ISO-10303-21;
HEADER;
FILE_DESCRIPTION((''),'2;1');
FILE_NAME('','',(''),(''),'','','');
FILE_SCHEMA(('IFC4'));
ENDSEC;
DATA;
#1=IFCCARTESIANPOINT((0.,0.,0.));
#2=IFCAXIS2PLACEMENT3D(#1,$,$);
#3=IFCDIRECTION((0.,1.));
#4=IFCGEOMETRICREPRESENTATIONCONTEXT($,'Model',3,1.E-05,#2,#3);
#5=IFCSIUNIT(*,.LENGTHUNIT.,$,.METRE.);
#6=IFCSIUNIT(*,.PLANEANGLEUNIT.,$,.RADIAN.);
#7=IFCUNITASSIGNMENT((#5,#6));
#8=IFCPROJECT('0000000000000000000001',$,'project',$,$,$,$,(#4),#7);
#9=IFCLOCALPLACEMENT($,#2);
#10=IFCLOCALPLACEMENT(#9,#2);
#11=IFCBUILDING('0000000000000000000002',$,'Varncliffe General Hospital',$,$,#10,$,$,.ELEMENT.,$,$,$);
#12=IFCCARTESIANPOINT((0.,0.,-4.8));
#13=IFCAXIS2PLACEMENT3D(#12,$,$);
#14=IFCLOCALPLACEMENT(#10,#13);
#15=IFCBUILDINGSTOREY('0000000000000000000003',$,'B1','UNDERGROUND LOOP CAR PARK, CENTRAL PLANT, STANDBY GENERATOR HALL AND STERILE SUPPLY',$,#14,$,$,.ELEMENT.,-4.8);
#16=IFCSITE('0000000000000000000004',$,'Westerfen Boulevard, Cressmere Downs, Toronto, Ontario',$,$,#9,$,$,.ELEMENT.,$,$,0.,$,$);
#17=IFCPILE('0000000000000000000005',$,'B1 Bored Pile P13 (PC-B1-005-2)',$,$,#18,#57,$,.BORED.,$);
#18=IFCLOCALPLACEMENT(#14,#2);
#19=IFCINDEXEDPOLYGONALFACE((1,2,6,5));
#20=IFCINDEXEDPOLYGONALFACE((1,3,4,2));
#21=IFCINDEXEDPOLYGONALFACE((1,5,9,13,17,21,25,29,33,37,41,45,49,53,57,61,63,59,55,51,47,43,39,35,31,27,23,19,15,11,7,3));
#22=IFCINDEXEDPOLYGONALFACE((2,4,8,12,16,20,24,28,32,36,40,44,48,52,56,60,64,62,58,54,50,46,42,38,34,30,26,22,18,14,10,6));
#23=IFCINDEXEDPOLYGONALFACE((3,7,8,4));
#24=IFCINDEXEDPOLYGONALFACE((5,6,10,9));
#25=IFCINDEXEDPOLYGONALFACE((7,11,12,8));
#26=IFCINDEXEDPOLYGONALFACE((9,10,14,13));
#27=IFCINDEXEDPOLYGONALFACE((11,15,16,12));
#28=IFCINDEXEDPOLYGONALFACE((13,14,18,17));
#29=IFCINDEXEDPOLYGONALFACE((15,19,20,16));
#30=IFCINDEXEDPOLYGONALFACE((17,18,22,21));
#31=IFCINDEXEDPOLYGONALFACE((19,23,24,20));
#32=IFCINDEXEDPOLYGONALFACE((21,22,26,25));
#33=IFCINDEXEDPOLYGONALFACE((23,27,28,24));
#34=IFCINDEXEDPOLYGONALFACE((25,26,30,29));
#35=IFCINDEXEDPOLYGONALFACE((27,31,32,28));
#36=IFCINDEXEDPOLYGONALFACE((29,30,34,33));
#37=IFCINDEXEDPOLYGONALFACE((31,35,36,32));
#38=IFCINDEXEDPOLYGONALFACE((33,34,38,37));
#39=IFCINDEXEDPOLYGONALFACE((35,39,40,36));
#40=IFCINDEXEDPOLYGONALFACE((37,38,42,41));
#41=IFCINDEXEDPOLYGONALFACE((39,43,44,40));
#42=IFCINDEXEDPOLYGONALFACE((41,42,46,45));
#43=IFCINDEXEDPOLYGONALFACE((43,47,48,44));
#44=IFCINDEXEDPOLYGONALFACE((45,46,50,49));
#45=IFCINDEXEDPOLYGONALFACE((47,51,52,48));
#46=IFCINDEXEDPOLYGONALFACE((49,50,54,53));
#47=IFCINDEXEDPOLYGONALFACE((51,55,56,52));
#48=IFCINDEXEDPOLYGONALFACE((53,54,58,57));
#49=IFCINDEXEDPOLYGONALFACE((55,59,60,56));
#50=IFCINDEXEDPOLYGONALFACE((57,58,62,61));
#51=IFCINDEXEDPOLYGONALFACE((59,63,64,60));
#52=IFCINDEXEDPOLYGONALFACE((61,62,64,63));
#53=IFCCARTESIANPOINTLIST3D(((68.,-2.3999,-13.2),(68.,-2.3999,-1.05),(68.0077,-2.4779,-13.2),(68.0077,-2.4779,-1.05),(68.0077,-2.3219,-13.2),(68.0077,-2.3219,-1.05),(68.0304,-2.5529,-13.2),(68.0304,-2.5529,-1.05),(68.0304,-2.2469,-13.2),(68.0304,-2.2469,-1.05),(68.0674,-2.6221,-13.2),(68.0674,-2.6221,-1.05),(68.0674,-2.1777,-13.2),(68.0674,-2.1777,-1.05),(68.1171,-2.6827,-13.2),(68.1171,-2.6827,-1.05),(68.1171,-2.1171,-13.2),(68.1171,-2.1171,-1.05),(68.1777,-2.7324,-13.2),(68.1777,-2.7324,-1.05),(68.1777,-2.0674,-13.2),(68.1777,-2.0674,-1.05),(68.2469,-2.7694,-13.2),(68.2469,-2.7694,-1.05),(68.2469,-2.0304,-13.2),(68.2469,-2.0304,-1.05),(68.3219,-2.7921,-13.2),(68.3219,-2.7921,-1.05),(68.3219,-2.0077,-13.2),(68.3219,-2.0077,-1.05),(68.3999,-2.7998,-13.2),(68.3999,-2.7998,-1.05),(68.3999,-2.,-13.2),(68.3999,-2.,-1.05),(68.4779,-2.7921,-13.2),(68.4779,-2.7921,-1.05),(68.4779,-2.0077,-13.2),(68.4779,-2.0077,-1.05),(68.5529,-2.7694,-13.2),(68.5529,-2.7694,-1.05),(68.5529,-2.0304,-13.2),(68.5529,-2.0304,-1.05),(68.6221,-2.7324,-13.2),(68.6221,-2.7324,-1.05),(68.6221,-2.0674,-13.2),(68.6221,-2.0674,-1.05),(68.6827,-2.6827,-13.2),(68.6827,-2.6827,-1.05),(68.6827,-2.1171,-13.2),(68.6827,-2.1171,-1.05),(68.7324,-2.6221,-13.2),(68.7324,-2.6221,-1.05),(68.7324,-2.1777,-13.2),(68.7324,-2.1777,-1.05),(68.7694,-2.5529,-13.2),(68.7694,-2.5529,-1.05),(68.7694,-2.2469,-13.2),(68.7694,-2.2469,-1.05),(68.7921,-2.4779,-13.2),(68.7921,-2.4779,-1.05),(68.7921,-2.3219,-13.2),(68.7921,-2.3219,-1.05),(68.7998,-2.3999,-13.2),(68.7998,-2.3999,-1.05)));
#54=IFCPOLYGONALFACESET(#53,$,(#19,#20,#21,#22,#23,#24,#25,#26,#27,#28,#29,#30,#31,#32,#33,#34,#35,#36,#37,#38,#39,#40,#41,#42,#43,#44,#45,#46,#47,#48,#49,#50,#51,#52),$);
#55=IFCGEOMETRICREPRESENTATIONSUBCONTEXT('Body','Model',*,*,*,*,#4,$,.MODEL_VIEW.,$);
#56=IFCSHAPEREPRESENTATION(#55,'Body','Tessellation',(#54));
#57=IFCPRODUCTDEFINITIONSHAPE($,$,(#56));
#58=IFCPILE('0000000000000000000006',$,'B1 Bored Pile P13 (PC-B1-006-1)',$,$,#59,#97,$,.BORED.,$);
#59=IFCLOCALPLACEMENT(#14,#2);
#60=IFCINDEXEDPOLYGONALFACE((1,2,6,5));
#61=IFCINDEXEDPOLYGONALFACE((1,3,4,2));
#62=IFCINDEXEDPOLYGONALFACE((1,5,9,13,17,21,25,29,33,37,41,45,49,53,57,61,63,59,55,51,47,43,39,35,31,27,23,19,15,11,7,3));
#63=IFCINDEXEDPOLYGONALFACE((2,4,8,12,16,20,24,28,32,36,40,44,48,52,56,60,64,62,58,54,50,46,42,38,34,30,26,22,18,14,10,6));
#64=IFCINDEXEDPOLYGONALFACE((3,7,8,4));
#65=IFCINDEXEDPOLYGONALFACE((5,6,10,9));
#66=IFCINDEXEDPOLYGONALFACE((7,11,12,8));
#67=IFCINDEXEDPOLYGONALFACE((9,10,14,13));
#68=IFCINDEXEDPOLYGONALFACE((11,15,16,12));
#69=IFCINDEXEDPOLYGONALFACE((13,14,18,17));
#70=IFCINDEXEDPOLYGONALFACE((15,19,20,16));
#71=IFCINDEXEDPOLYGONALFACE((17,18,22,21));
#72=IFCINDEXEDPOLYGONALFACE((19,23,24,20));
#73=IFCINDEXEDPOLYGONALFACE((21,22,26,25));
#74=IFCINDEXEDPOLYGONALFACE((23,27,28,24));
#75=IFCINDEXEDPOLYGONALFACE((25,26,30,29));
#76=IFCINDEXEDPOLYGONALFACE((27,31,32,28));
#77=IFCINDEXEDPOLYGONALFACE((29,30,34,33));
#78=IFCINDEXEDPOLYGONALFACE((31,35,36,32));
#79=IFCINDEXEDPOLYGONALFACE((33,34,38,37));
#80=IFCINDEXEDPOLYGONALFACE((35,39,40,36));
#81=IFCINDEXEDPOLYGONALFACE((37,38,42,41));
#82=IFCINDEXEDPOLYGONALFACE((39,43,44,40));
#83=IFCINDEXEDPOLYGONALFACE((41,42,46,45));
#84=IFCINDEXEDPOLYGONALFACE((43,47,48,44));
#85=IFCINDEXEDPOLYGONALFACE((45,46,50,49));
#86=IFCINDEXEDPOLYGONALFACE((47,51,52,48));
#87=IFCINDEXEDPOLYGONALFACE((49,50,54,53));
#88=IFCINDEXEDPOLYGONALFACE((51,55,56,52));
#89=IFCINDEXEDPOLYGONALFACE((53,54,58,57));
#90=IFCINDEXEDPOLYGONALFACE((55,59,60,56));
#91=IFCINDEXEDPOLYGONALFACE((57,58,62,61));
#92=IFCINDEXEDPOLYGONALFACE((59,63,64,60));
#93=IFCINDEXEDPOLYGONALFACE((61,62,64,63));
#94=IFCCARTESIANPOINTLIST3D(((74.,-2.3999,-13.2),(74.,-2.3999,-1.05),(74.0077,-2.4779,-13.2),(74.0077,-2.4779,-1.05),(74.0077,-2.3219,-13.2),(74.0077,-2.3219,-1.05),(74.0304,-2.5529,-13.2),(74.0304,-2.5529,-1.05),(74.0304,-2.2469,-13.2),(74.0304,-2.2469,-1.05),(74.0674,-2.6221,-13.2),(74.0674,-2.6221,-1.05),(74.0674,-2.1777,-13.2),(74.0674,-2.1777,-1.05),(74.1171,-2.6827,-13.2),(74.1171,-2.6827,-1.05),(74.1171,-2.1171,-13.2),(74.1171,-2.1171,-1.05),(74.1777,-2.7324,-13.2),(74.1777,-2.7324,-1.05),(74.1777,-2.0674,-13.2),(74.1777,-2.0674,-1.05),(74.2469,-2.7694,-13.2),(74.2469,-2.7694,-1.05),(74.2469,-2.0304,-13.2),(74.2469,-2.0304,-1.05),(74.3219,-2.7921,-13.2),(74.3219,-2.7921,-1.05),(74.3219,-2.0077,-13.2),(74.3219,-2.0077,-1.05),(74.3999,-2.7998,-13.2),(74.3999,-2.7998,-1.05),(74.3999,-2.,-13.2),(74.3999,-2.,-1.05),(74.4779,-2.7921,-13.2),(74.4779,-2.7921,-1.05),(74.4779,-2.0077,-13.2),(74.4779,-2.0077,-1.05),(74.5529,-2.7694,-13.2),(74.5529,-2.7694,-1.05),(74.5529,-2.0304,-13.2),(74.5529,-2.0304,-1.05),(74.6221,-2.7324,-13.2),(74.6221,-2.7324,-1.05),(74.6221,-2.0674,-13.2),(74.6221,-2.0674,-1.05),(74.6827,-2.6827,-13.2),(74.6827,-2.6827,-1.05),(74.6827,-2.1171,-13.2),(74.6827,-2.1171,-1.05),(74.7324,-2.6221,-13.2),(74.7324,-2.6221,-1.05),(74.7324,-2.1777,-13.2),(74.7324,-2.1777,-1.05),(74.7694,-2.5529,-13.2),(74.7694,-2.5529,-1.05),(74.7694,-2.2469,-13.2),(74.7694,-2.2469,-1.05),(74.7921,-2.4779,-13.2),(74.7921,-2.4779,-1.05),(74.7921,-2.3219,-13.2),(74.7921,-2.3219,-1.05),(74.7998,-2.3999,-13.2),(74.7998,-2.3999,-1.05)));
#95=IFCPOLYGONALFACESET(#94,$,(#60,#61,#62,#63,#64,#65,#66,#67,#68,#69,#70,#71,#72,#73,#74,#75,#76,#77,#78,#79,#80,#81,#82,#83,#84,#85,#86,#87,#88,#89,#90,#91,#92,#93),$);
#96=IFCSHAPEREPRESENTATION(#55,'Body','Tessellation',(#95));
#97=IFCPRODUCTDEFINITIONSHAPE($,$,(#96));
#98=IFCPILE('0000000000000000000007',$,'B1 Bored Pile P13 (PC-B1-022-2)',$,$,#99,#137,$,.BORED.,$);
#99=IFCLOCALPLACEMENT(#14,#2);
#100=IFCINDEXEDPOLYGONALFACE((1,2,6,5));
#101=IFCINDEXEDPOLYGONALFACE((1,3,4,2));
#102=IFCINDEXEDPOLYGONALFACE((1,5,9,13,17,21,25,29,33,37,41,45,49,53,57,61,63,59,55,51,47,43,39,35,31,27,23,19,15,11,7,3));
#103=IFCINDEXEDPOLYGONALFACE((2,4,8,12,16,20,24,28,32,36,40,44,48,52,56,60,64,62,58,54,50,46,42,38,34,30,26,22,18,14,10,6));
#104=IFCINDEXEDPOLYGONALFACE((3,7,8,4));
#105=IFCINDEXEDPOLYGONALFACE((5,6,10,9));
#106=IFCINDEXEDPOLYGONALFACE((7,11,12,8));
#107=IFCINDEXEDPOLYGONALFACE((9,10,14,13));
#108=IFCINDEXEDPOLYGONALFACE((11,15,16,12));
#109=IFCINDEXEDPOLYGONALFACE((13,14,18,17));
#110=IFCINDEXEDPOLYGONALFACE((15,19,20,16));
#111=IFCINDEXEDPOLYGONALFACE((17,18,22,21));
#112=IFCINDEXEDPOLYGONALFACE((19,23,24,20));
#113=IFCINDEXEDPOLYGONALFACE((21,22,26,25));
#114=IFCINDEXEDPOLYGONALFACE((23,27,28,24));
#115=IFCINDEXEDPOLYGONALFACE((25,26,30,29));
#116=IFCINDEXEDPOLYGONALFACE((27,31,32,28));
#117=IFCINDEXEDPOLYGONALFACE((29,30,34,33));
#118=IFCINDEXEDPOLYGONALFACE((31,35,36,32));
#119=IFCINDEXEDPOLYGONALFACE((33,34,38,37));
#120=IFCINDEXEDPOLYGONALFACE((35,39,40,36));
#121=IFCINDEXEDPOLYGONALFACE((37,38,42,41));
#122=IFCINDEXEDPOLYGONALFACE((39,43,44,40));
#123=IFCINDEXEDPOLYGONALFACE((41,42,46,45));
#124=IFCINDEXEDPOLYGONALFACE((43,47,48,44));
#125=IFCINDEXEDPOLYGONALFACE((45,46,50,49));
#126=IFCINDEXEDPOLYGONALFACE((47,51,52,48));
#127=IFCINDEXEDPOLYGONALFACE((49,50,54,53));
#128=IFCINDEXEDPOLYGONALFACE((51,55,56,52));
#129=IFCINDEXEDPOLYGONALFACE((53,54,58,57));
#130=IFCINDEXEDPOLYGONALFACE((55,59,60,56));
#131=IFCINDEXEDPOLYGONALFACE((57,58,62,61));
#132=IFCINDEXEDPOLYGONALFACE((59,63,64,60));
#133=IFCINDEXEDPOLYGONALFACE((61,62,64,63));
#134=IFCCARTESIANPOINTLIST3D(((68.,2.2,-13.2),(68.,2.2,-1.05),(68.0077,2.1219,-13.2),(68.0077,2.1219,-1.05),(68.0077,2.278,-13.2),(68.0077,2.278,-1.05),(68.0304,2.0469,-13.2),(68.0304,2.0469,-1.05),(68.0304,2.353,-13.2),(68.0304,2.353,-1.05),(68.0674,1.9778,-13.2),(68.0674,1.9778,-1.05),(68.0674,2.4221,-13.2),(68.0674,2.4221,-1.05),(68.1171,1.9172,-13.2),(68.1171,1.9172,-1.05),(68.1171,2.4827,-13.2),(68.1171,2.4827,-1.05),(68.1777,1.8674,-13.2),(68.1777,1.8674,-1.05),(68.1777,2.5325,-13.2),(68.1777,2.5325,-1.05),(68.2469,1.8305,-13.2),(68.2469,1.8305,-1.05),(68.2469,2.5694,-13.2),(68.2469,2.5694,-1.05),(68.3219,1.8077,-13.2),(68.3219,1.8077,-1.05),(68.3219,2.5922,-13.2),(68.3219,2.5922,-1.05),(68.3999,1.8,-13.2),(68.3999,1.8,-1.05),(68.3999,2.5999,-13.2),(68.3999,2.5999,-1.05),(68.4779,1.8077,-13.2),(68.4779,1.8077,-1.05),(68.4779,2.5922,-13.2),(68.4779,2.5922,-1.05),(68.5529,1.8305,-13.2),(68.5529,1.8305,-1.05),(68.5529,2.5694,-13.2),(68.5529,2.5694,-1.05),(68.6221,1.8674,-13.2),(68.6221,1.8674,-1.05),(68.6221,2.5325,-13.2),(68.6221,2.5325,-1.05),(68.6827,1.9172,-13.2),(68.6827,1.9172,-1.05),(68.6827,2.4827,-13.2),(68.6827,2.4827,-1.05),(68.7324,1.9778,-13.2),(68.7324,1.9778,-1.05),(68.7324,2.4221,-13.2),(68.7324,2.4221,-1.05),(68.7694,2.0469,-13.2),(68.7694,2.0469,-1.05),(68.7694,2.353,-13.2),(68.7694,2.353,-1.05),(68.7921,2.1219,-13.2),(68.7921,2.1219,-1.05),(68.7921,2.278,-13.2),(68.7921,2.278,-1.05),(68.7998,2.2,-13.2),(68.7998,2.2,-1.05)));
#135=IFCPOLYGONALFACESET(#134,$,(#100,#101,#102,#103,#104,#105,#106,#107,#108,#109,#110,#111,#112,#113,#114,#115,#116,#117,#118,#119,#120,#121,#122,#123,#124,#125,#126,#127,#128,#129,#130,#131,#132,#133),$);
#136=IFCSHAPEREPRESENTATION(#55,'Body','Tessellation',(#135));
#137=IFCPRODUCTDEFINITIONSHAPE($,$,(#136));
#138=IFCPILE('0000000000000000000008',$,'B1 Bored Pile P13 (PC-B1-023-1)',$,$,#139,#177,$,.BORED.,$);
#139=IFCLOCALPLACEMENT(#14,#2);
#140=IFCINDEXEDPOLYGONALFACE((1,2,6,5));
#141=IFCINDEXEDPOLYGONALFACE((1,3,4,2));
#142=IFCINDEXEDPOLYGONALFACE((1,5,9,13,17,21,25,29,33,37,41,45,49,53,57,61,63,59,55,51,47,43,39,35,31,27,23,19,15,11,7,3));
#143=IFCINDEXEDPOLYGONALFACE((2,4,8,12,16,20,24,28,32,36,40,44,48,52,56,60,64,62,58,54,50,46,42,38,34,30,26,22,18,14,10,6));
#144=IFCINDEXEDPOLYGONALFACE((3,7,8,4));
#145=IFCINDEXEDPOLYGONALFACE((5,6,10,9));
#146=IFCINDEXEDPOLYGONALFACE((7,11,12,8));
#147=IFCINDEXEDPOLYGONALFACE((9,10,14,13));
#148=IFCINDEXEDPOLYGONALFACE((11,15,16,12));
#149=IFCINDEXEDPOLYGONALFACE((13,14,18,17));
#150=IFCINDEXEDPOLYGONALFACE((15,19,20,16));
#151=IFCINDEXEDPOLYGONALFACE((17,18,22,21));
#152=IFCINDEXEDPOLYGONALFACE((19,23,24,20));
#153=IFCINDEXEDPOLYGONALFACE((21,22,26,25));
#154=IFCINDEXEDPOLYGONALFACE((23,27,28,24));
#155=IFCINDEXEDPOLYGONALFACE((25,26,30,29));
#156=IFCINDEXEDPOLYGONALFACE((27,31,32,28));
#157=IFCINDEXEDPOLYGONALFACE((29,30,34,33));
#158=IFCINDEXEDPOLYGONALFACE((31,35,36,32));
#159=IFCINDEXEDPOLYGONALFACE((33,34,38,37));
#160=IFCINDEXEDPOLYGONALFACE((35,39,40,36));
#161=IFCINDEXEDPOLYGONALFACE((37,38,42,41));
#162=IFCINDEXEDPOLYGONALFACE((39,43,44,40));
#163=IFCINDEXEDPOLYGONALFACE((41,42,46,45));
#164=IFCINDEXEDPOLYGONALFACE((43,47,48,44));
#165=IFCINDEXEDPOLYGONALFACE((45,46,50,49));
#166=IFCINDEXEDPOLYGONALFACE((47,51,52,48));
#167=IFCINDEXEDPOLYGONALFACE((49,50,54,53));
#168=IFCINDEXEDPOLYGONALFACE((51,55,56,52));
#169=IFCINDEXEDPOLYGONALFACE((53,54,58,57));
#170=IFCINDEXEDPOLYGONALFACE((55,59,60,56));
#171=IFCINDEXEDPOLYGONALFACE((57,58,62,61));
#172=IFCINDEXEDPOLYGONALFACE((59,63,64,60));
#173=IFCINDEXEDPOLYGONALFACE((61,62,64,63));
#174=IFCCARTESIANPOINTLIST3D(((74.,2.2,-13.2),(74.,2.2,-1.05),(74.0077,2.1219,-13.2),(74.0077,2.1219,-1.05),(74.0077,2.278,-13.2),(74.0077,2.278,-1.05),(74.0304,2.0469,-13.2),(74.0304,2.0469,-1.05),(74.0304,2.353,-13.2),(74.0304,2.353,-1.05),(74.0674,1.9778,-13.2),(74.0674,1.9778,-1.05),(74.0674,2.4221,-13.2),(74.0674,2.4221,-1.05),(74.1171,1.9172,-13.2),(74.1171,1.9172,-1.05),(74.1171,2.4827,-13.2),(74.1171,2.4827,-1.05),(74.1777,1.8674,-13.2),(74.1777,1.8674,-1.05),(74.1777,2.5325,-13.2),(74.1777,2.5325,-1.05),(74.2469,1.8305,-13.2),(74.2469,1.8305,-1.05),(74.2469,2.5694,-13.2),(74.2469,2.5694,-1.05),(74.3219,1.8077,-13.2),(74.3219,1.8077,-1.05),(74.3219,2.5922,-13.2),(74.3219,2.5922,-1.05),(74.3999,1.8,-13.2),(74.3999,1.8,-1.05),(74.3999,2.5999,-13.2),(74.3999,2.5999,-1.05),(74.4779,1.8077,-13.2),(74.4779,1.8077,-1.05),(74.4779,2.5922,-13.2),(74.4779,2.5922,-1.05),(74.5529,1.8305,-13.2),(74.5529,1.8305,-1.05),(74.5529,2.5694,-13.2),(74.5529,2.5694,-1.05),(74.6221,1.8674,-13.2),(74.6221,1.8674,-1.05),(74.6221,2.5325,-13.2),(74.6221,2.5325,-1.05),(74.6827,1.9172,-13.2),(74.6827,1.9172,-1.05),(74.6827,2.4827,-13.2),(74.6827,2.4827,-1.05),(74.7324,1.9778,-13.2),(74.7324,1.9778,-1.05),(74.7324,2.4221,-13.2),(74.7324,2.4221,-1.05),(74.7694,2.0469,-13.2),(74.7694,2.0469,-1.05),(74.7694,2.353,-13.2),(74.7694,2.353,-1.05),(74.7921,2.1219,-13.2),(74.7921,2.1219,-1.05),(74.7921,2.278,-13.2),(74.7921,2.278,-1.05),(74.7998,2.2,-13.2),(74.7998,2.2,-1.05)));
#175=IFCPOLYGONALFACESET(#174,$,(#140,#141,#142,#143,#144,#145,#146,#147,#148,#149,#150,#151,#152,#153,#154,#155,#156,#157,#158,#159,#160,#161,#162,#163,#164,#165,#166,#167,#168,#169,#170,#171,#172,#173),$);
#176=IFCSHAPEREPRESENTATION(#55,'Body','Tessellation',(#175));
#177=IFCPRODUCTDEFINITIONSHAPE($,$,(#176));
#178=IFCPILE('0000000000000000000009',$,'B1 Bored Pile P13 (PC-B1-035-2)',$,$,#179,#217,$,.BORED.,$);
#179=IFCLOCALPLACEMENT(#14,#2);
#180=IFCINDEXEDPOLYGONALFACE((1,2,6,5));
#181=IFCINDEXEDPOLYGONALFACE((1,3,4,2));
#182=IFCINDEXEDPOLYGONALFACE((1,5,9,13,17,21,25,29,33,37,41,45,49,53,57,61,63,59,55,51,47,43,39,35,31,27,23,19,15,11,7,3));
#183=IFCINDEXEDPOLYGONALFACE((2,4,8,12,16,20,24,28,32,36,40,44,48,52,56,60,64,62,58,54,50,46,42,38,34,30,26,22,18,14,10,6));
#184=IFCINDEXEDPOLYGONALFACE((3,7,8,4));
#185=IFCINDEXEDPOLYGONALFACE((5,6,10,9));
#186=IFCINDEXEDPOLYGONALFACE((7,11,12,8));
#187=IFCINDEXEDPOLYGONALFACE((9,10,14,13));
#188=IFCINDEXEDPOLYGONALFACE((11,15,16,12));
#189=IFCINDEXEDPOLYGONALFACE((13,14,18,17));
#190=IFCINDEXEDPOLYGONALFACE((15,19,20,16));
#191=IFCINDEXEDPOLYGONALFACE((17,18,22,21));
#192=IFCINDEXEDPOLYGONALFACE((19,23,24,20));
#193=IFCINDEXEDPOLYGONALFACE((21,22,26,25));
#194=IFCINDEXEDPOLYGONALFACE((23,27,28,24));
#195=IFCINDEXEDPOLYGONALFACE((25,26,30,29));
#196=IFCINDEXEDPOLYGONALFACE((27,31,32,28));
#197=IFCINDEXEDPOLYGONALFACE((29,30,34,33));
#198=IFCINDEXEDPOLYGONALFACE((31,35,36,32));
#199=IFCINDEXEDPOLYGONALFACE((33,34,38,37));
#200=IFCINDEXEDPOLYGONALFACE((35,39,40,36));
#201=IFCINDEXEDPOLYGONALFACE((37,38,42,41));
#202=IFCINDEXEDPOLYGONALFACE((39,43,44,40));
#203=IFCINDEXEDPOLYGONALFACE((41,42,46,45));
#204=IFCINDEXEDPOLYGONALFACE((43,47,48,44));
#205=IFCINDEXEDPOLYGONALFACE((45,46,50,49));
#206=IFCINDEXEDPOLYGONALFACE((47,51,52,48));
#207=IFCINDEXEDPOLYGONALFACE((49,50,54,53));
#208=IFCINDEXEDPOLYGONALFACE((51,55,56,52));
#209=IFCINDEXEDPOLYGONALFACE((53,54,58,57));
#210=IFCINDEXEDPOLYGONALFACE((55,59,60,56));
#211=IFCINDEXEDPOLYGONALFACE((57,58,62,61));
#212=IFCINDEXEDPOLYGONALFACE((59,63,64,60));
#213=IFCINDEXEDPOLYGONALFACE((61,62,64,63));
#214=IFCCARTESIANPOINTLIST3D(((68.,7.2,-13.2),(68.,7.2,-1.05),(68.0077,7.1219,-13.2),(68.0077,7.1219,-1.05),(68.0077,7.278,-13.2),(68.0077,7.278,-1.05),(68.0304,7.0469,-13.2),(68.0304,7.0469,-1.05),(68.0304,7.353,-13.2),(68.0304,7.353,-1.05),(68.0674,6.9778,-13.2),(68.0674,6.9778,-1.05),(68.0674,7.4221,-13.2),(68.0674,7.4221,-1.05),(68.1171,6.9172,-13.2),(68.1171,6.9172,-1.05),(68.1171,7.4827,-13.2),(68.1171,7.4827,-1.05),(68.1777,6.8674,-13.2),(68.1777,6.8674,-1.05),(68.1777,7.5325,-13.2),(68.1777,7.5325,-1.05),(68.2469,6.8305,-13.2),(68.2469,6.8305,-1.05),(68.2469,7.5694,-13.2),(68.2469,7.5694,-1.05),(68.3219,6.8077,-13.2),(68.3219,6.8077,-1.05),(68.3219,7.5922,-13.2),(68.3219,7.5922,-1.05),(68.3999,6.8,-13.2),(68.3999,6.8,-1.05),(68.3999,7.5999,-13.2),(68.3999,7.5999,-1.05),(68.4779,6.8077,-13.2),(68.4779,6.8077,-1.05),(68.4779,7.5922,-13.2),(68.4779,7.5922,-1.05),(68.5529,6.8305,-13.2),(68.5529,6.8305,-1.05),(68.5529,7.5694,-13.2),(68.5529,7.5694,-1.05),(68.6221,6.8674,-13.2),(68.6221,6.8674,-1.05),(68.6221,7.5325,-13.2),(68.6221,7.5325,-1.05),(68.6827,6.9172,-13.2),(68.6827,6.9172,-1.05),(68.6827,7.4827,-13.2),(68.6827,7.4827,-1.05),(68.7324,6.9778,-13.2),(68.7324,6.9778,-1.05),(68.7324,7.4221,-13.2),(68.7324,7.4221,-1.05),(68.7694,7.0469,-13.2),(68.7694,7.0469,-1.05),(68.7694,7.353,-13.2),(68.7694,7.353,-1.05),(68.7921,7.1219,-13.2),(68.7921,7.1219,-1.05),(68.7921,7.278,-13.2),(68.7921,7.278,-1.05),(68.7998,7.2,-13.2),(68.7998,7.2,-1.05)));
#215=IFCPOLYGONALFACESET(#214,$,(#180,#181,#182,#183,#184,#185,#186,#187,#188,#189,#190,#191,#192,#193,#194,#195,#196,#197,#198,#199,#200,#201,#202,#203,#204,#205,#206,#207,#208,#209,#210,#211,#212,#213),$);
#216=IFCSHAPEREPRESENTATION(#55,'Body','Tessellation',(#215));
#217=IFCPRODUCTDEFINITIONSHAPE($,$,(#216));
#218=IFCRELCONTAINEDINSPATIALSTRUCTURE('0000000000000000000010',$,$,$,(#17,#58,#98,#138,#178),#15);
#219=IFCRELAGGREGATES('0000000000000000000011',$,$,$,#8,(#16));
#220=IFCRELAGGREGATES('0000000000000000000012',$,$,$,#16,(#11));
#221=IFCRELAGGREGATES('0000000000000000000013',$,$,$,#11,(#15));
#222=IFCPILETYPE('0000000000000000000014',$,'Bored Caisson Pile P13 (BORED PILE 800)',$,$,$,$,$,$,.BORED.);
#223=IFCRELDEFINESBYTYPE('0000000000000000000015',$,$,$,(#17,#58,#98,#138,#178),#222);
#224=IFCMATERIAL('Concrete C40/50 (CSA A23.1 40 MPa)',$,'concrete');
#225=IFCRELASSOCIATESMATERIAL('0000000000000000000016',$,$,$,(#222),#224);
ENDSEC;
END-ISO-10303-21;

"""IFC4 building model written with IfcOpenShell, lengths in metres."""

from ifc_helpers import new_model, si_unit, direction, frame, origin, origin_2d, place, context, subcontext, project, spatial, circle, extrude, material, material_profile, profile_set, type_object, element, save


model = new_model("IFC4")

# Units and contexts
model_context = context("Model", 3, precision=1e-05, world=origin(), true_north=direction((0.0, 1.0)))
body_context = subcontext(model_context, "Body", "Model", "MODEL_VIEW")
ifc_project = project(units=[si_unit("LENGTHUNIT", "METRE"), si_unit("PLANEANGLEUNIT", "RADIAN")], contexts=[model_context])

# Site, building, storey
site_placement = place(None, origin())
site = spatial("IfcSite", under=ifc_project, at=site_placement, Name="Westerfen Boulevard, Cressmere Downs, Toronto, Ontario", CompositionType="ELEMENT", RefElevation=0.0)
building_placement = place(site_placement, origin())
building = spatial("IfcBuilding", under=site, at=building_placement, Name="Varncliffe General Hospital", CompositionType="ELEMENT")
storey_placement = place(building_placement, frame((0.0, 0.0, -4.8)))
storey = spatial("IfcBuildingStorey", under=building, at=storey_placement, Name="B1", Description="UNDERGROUND LOOP CAR PARK, CENTRAL PLANT, STANDBY GENERATOR HALL AND STERILE SUPPLY", CompositionType="ELEMENT", Elevation=-4.8)

# Piles
ifc_material_1 = material(Name="Concrete C40/50 (CSA A23.1 40 MPa)", Category="concrete")
ifc_material_profile_1 = material_profile(ifc_material_1, circle(Radius=0.3999, at=origin_2d()), Name="BORED PILE 800")
ifc_profile_set_1 = profile_set([ifc_material_profile_1], Name="Concrete C40/50 (CSA A23.1 40 MPa)")
pile_type = type_object("IfcPileType", Name="Bored Caisson Pile P13 (BORED PILE 800)", PredefinedType="BORED", material=ifc_profile_set_1)
for number, where, z_axis, x_axis, name in (
    (1, (68.3999, -2.3999, -1.05), (0.0, 0.0, -1.0), (1.0, 0.0, 0.0), "B1 Bored Pile P13 (PC-B1-005-2)"),
    (2, (74.3999, -2.3999, -1.05), (0.0, 0.0, -1.0), (1.0, 0.0, 0.0), "B1 Bored Pile P13 (PC-B1-006-1)"),
    (3, (68.3999, 2.2, -1.05), (0.0, 0.0, -1.0), (1.0, 0.0, 0.0), "B1 Bored Pile P13 (PC-B1-022-2)"),
    (4, (74.3999, 2.2, -1.05), (0.0, 0.0, -1.0), (1.0, 0.0, 0.0), "B1 Bored Pile P13 (PC-B1-023-1)"),
    (5, (68.3999, 7.2, -1.05), (0.0, 0.0, -1.0), (1.0, 0.0, 0.0), "B1 Bored Pile P13 (PC-B1-035-2)"),
):
    element("IfcPile", number, at=place(storey_placement, frame(where, z_axis=z_axis, x_axis=x_axis)), inside=storey, type_object=pile_type, Name=name, PredefinedType="BORED", context=body_context, shape_type="SweptSolid", body=[
        extrude(circle(Radius=0.3999, at=origin_2d()), origin(), (0.0, 0.0, 1.0), 12.1499),
    ])

save(model, "model.ifc")
